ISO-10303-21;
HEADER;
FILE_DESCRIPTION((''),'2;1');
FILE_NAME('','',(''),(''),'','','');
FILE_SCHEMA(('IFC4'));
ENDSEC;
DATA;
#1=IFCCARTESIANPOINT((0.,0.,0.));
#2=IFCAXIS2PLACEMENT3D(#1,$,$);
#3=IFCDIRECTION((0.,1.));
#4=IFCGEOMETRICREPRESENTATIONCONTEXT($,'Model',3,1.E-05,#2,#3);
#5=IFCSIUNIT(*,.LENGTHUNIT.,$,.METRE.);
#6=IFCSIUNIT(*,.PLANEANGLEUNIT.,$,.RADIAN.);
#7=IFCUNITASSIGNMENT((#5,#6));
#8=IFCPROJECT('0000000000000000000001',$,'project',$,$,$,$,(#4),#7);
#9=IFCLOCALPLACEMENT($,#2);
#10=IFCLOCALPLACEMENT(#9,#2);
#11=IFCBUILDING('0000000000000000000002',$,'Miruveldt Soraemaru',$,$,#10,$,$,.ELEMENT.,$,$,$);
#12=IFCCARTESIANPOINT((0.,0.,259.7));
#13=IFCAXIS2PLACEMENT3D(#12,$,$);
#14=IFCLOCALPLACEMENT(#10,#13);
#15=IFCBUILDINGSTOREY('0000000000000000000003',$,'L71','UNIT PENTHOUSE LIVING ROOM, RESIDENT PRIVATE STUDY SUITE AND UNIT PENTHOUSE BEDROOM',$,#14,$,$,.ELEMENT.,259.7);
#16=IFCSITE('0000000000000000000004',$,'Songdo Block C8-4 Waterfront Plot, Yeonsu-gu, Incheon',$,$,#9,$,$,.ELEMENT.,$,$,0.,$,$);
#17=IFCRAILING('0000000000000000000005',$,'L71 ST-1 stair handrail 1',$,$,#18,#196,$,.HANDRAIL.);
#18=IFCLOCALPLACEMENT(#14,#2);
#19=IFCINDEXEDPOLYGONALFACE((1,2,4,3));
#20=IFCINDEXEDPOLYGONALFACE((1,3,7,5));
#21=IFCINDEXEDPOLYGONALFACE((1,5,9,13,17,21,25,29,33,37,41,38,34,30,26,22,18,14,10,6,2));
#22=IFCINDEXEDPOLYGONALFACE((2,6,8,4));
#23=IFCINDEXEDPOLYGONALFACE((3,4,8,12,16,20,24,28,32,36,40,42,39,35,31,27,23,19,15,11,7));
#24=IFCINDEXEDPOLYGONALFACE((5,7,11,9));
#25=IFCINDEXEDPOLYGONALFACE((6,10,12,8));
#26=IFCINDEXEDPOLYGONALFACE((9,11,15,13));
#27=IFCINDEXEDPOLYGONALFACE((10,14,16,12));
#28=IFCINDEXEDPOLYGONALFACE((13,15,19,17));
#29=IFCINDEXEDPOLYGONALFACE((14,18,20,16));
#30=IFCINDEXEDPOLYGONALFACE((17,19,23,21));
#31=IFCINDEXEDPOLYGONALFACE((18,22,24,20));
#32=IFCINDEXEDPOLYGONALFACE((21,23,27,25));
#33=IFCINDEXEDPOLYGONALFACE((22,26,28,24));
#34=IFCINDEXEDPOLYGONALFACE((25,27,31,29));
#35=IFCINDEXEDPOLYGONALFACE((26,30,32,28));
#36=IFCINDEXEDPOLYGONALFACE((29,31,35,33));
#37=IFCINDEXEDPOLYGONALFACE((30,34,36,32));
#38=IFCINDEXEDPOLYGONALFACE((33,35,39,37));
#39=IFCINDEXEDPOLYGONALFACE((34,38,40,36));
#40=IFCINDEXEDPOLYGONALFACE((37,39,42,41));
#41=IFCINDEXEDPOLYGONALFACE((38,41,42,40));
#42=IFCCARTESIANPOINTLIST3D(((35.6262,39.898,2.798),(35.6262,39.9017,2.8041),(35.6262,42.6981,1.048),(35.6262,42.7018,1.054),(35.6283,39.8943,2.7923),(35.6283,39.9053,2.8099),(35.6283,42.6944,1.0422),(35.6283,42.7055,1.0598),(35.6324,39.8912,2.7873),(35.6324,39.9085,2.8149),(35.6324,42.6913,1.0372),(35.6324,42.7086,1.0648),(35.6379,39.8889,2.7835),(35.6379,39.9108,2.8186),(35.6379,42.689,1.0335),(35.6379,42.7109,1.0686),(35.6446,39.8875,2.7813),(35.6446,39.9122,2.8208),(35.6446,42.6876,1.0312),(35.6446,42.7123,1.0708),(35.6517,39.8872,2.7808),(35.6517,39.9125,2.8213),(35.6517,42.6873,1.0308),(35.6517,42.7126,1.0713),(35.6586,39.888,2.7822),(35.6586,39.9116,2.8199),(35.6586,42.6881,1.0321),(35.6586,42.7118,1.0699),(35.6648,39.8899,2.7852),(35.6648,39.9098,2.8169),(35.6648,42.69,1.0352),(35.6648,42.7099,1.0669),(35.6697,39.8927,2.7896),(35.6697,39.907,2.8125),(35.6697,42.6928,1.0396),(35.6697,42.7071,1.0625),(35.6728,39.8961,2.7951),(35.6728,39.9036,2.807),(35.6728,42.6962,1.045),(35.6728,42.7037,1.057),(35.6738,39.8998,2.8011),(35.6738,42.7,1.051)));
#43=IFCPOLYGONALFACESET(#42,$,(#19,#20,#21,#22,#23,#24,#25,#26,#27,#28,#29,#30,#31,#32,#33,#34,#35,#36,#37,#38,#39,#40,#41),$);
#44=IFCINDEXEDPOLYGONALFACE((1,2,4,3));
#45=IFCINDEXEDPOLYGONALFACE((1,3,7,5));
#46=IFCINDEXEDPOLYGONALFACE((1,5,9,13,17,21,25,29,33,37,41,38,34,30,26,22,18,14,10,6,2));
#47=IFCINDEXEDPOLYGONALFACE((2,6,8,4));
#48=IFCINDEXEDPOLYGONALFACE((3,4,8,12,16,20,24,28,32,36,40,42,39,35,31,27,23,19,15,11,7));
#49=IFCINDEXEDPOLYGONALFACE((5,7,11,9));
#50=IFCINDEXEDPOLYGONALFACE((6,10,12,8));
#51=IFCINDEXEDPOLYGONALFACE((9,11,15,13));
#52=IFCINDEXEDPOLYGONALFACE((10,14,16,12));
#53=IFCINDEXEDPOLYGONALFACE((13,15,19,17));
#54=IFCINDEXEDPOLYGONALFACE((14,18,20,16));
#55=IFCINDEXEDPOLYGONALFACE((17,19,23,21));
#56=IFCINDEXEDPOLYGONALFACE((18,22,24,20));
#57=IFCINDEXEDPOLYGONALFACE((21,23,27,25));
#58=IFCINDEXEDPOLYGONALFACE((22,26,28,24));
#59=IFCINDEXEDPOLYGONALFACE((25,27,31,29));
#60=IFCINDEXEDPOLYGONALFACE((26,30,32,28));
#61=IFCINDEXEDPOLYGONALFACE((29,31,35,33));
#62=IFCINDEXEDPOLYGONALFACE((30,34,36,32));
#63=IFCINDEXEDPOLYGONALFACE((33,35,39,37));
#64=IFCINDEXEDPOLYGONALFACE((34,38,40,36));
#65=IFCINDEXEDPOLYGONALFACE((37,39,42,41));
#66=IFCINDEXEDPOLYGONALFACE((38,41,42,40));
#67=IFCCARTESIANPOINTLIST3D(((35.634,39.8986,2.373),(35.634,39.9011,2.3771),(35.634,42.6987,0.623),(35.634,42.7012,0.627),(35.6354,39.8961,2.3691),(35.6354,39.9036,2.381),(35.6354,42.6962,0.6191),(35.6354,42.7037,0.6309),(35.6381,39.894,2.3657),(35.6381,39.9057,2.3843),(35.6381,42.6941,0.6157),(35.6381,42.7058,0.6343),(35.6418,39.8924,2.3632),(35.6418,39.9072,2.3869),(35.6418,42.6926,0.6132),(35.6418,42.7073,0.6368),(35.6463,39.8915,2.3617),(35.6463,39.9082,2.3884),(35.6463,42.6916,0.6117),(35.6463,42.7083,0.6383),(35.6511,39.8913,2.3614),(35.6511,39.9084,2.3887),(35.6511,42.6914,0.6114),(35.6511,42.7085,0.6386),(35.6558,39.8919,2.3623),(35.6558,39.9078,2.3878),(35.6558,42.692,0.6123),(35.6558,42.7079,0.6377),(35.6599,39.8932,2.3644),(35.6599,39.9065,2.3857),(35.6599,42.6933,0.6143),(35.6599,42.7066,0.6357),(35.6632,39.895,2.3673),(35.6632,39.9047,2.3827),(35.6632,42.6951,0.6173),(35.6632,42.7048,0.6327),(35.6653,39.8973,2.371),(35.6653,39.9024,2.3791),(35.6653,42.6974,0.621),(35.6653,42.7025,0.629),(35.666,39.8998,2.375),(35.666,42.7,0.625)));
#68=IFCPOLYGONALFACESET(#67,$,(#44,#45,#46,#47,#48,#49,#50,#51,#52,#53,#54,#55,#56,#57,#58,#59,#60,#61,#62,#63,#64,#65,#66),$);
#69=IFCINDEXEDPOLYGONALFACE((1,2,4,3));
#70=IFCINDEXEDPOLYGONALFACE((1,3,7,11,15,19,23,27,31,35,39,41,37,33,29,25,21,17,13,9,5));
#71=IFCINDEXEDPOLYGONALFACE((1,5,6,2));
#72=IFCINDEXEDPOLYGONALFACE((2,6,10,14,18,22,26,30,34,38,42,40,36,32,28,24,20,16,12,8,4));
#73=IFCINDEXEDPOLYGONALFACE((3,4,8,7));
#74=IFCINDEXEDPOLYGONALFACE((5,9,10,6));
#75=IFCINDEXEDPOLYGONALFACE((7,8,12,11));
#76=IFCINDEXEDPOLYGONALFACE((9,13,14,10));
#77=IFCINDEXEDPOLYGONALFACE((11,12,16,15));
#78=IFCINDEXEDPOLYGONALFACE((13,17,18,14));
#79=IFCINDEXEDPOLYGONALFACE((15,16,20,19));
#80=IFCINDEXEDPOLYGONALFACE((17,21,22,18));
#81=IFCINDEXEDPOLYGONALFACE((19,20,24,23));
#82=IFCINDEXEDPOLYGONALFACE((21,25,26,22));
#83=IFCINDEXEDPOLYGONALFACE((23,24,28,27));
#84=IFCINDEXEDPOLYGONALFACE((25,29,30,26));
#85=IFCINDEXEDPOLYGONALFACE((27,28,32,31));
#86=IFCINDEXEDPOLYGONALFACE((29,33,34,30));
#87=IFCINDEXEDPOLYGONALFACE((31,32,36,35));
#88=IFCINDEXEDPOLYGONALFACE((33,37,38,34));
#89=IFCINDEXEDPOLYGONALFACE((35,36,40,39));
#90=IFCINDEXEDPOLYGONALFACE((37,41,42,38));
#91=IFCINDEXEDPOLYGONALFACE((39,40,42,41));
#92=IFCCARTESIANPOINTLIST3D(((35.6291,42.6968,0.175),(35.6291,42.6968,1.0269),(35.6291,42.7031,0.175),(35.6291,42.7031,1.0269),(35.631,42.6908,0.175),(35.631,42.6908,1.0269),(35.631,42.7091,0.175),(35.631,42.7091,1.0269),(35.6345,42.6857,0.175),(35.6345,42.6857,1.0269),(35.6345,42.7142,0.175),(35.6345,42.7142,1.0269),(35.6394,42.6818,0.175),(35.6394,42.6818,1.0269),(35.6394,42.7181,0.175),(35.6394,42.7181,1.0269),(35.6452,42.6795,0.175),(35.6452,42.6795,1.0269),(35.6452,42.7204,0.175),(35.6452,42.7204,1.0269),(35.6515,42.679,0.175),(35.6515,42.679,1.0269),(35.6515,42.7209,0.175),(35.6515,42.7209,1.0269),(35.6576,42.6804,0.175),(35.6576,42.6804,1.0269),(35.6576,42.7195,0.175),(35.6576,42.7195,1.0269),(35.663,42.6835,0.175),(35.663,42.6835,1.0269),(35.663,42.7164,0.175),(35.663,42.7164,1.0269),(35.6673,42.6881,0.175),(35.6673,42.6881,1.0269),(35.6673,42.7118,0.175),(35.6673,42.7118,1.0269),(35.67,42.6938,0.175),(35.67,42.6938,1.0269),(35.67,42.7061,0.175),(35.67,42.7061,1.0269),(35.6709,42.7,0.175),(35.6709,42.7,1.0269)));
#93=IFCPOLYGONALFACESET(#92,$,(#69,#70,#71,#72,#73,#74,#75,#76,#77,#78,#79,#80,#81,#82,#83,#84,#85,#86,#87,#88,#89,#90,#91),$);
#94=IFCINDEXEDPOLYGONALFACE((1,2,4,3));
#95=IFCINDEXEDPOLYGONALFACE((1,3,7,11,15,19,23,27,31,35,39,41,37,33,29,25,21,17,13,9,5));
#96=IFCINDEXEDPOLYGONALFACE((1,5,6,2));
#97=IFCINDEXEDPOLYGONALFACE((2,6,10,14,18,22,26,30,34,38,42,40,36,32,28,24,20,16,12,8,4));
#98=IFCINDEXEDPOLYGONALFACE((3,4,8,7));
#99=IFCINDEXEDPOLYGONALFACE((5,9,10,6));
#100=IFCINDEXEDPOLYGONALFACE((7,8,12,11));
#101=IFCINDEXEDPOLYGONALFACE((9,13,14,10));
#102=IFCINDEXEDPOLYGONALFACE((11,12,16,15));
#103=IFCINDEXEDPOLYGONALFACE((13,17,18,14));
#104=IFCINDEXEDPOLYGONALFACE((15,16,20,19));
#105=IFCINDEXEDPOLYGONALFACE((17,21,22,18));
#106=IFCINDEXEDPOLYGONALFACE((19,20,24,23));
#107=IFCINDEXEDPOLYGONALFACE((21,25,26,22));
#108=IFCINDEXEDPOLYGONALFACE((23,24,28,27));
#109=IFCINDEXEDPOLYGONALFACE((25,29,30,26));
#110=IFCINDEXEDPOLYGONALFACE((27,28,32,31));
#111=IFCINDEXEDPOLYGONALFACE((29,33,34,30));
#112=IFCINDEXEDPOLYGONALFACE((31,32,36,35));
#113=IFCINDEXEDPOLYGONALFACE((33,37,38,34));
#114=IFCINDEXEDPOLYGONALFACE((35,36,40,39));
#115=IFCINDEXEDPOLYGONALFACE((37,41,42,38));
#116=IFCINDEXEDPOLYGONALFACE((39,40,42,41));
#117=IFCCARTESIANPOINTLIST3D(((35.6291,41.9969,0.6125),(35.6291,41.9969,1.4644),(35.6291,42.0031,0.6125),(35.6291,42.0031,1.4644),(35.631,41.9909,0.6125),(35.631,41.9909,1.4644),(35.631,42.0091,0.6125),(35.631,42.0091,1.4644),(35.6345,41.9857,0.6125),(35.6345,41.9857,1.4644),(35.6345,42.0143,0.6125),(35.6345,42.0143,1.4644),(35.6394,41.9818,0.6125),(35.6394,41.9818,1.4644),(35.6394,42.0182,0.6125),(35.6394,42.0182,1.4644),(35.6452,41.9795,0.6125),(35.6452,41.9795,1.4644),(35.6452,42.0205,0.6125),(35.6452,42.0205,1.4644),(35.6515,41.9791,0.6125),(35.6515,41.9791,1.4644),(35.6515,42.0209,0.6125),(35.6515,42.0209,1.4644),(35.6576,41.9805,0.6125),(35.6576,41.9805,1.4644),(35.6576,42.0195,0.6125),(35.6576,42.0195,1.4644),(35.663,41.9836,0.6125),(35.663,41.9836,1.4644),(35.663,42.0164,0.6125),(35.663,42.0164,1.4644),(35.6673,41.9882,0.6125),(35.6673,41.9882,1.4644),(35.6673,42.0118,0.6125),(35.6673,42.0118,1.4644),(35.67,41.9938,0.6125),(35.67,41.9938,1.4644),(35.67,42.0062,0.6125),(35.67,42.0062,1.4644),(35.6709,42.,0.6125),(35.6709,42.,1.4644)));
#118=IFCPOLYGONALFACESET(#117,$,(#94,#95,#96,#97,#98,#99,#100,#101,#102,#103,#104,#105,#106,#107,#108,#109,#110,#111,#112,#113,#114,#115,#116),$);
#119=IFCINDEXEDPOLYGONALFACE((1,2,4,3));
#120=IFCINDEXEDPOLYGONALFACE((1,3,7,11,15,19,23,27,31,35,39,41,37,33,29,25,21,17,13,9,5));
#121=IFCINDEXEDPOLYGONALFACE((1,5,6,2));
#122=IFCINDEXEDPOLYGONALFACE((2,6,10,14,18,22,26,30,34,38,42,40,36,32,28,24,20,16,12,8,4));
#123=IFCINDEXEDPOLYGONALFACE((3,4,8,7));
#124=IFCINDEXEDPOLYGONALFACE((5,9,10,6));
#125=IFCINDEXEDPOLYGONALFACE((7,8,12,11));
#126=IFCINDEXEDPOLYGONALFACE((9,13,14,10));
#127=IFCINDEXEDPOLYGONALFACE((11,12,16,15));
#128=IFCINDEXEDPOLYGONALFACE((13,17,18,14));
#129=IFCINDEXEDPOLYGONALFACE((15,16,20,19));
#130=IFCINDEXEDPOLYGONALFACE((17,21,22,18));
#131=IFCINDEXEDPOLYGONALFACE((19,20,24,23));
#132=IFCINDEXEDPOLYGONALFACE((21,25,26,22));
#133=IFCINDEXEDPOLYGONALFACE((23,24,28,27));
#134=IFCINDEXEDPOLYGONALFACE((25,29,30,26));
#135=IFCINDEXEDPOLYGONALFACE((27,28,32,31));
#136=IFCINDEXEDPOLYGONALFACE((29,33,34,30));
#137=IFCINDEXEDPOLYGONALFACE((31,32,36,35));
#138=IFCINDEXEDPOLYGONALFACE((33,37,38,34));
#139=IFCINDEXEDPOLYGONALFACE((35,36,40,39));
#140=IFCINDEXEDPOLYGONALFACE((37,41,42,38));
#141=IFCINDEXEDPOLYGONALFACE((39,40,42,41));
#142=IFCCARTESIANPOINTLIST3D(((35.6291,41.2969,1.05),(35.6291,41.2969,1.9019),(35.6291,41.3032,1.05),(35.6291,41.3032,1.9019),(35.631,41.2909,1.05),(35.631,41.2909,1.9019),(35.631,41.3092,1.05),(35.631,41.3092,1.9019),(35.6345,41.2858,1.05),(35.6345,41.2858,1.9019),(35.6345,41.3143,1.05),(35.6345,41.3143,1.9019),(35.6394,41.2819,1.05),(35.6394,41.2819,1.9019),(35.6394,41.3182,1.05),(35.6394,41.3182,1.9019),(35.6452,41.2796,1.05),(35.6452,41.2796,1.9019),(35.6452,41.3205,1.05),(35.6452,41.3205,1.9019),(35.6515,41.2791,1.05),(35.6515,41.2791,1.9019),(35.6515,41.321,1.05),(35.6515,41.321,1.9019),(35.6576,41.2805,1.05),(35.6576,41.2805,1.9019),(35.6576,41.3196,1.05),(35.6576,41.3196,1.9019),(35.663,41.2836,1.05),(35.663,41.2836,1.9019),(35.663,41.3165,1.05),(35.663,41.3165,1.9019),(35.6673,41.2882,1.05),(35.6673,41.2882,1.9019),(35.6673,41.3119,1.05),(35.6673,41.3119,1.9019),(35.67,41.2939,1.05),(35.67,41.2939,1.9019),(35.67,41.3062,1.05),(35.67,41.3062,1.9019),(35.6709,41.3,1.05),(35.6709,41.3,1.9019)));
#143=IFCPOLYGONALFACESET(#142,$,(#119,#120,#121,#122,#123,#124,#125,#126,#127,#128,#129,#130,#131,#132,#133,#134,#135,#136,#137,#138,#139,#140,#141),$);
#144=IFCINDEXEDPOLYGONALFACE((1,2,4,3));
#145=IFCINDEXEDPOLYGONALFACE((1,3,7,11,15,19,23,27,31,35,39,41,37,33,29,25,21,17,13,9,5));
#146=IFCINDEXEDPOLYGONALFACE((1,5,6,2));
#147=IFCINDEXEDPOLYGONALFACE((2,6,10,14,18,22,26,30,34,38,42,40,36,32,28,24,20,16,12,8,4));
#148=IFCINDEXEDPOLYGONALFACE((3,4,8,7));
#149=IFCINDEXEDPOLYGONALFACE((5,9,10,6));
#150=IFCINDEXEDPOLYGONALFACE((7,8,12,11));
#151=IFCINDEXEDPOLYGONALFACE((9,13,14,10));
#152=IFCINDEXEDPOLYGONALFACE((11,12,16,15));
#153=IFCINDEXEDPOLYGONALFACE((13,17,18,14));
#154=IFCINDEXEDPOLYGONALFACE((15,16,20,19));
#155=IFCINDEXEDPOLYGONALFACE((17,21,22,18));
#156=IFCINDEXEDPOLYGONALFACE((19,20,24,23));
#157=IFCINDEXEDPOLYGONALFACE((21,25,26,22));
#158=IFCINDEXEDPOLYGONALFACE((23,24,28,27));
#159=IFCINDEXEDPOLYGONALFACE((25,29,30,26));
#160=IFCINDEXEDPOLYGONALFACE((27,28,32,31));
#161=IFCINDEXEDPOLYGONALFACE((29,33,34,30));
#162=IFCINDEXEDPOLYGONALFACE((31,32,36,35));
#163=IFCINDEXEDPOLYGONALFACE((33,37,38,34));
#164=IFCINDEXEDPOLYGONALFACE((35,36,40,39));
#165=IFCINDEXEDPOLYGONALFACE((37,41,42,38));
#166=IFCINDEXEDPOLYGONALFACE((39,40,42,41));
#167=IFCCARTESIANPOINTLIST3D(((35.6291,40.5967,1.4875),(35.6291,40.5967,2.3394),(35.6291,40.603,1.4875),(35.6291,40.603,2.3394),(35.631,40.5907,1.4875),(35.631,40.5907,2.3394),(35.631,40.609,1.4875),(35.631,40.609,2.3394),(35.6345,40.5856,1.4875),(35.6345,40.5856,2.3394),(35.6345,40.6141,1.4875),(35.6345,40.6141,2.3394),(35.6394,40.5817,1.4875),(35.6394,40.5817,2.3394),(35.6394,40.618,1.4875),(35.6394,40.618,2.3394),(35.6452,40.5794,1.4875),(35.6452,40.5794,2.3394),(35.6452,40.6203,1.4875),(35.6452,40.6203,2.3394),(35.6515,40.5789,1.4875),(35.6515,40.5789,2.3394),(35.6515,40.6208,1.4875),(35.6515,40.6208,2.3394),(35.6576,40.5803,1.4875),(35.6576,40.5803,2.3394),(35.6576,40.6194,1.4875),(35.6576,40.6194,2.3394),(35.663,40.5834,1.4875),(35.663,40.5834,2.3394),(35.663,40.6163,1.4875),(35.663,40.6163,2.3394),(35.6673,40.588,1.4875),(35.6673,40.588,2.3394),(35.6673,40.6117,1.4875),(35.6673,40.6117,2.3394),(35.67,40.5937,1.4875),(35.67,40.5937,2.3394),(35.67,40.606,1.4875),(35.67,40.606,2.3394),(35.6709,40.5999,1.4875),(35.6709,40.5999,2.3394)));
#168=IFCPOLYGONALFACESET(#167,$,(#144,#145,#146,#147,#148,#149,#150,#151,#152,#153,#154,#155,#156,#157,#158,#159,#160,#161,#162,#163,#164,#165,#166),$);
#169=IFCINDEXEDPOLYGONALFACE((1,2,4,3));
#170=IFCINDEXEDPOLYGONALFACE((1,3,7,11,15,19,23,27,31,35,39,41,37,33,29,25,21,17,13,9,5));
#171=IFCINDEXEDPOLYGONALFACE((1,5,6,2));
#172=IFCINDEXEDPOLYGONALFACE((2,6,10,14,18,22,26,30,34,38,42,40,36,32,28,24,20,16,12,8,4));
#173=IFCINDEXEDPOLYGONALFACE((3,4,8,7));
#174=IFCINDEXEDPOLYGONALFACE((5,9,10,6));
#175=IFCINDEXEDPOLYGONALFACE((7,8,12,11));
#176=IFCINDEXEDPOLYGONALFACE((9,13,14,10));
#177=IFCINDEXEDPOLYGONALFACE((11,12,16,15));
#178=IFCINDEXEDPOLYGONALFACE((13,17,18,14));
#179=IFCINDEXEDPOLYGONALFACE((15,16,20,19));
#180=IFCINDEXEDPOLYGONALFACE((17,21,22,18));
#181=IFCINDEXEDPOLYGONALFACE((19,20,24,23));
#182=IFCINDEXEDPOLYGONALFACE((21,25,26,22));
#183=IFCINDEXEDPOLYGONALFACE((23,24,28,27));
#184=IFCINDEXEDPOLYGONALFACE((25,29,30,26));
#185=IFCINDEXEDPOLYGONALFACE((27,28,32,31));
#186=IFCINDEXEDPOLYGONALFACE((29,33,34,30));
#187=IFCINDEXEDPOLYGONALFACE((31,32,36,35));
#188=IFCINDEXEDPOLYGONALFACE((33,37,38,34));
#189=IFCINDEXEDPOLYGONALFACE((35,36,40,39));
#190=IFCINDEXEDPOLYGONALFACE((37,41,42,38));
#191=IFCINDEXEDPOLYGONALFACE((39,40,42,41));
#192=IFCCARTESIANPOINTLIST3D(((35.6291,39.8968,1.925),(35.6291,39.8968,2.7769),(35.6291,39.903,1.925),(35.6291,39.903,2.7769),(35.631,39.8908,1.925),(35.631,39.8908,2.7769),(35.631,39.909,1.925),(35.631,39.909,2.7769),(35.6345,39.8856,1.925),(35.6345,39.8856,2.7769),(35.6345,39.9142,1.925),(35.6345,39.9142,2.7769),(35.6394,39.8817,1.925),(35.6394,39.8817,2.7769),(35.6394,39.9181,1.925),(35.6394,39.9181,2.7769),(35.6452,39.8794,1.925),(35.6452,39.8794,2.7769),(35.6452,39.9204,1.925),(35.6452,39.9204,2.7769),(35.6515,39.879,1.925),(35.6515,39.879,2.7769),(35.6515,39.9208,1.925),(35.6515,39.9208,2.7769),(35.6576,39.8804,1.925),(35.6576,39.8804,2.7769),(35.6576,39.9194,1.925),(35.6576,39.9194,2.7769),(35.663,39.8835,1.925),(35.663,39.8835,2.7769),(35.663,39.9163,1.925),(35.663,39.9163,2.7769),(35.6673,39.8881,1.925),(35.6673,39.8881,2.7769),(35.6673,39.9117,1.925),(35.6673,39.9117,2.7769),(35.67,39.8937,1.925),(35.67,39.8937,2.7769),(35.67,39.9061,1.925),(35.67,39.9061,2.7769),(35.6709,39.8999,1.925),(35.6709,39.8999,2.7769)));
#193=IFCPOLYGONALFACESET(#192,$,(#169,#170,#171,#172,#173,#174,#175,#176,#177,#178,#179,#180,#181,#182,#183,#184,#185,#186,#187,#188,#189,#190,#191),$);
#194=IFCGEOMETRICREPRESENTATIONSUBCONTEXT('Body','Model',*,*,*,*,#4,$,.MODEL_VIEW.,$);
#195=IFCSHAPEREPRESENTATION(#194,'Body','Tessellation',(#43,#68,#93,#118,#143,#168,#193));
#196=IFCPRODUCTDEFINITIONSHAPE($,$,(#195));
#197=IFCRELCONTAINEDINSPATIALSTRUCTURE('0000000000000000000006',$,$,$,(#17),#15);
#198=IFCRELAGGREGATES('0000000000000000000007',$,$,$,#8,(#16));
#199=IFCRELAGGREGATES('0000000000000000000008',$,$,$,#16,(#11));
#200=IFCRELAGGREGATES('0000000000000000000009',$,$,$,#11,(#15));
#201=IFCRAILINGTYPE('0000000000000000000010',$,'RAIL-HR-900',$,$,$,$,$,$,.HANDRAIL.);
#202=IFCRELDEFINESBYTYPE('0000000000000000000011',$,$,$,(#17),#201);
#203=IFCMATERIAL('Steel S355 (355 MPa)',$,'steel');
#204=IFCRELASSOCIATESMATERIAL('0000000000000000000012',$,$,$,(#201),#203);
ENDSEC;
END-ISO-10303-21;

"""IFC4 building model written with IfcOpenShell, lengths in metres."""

from ifc_helpers import new_model, si_unit, direction, frame, origin, origin_2d, place, context, subcontext, project, spatial, circle, extrude, material, type_object, element, save


model = new_model("IFC4")

# Units and contexts
model_context = context("Model", 3, precision=1e-05, world=origin(), true_north=direction((0.0, 1.0)))
body_context = subcontext(model_context, "Body", "Model", "MODEL_VIEW")
ifc_project = project(units=[si_unit("LENGTHUNIT", "METRE"), si_unit("PLANEANGLEUNIT", "RADIAN")], contexts=[model_context])

# Site, building, storey
site_placement = place(None, origin())
site = spatial("IfcSite", under=ifc_project, at=site_placement, Name="Songdo Block C8-4 Waterfront Plot, Yeonsu-gu, Incheon", CompositionType="ELEMENT", RefElevation=0.0)
building_placement = place(site_placement, origin())
building = spatial("IfcBuilding", under=site, at=building_placement, Name="Miruveldt Soraemaru", CompositionType="ELEMENT")
storey_placement = place(building_placement, frame((0.0, 0.0, 259.7)))
storey = spatial("IfcBuildingStorey", under=building, at=storey_placement, Name="L71", Description="UNIT PENTHOUSE LIVING ROOM, RESIDENT PRIVATE STUDY SUITE AND UNIT PENTHOUSE BEDROOM", CompositionType="ELEMENT", Elevation=259.7)

# Railing
ifc_material_1 = material(Name="Steel S355 (355 MPa)", Category="steel")
railing_type = type_object("IfcRailingType", Name="RAIL-HR-900", PredefinedType="HANDRAIL", material=ifc_material_1)
railing_placement = place(storey_placement, frame((35.6499, 42.7, 0.175)))
element("IfcRailing", 1, at=railing_placement, inside=storey, type_object=railing_type, Name="L71 ST-1 stair handrail 1", PredefinedType="HANDRAIL", context=body_context, shape_type="SweptSolid", body=[
    extrude(circle(Radius=0.0239, at=origin_2d()), frame((0.0, 0.0, 0.876), z_axis=(0.0, -0.848002, 0.529992), x_axis=(1.0, 0.0, 0.0)), (0.0, 0.0, 1.0), 3.302),
    extrude(circle(Radius=0.0161, at=origin_2d()), frame((0.0, 0.0, 0.45), z_axis=(0.0, -0.848002, 0.529992), x_axis=(1.0, 0.0, 0.0)), (0.0, 0.0, 1.0), 3.302),
    extrude(circle(Radius=0.021, at=origin_2d()), origin(), (0.0, 0.0, 1.0), 0.8518),
    extrude(circle(Radius=0.021, at=origin_2d()), frame((0.0, -0.7, 0.4375)), (0.0, 0.0, 1.0), 0.8518),
    extrude(circle(Radius=0.021, at=origin_2d()), frame((0.0, -1.3999, 0.875)), (0.0, 0.0, 1.0), 0.8518),
    extrude(circle(Radius=0.021, at=origin_2d()), frame((0.0, -2.1001, 1.3125)), (0.0, 0.0, 1.0), 0.8518),
    extrude(circle(Radius=0.021, at=origin_2d()), frame((0.0, -2.8, 1.75)), (0.0, 0.0, 1.0), 0.8518),
])

save(model, "model.ifc")
